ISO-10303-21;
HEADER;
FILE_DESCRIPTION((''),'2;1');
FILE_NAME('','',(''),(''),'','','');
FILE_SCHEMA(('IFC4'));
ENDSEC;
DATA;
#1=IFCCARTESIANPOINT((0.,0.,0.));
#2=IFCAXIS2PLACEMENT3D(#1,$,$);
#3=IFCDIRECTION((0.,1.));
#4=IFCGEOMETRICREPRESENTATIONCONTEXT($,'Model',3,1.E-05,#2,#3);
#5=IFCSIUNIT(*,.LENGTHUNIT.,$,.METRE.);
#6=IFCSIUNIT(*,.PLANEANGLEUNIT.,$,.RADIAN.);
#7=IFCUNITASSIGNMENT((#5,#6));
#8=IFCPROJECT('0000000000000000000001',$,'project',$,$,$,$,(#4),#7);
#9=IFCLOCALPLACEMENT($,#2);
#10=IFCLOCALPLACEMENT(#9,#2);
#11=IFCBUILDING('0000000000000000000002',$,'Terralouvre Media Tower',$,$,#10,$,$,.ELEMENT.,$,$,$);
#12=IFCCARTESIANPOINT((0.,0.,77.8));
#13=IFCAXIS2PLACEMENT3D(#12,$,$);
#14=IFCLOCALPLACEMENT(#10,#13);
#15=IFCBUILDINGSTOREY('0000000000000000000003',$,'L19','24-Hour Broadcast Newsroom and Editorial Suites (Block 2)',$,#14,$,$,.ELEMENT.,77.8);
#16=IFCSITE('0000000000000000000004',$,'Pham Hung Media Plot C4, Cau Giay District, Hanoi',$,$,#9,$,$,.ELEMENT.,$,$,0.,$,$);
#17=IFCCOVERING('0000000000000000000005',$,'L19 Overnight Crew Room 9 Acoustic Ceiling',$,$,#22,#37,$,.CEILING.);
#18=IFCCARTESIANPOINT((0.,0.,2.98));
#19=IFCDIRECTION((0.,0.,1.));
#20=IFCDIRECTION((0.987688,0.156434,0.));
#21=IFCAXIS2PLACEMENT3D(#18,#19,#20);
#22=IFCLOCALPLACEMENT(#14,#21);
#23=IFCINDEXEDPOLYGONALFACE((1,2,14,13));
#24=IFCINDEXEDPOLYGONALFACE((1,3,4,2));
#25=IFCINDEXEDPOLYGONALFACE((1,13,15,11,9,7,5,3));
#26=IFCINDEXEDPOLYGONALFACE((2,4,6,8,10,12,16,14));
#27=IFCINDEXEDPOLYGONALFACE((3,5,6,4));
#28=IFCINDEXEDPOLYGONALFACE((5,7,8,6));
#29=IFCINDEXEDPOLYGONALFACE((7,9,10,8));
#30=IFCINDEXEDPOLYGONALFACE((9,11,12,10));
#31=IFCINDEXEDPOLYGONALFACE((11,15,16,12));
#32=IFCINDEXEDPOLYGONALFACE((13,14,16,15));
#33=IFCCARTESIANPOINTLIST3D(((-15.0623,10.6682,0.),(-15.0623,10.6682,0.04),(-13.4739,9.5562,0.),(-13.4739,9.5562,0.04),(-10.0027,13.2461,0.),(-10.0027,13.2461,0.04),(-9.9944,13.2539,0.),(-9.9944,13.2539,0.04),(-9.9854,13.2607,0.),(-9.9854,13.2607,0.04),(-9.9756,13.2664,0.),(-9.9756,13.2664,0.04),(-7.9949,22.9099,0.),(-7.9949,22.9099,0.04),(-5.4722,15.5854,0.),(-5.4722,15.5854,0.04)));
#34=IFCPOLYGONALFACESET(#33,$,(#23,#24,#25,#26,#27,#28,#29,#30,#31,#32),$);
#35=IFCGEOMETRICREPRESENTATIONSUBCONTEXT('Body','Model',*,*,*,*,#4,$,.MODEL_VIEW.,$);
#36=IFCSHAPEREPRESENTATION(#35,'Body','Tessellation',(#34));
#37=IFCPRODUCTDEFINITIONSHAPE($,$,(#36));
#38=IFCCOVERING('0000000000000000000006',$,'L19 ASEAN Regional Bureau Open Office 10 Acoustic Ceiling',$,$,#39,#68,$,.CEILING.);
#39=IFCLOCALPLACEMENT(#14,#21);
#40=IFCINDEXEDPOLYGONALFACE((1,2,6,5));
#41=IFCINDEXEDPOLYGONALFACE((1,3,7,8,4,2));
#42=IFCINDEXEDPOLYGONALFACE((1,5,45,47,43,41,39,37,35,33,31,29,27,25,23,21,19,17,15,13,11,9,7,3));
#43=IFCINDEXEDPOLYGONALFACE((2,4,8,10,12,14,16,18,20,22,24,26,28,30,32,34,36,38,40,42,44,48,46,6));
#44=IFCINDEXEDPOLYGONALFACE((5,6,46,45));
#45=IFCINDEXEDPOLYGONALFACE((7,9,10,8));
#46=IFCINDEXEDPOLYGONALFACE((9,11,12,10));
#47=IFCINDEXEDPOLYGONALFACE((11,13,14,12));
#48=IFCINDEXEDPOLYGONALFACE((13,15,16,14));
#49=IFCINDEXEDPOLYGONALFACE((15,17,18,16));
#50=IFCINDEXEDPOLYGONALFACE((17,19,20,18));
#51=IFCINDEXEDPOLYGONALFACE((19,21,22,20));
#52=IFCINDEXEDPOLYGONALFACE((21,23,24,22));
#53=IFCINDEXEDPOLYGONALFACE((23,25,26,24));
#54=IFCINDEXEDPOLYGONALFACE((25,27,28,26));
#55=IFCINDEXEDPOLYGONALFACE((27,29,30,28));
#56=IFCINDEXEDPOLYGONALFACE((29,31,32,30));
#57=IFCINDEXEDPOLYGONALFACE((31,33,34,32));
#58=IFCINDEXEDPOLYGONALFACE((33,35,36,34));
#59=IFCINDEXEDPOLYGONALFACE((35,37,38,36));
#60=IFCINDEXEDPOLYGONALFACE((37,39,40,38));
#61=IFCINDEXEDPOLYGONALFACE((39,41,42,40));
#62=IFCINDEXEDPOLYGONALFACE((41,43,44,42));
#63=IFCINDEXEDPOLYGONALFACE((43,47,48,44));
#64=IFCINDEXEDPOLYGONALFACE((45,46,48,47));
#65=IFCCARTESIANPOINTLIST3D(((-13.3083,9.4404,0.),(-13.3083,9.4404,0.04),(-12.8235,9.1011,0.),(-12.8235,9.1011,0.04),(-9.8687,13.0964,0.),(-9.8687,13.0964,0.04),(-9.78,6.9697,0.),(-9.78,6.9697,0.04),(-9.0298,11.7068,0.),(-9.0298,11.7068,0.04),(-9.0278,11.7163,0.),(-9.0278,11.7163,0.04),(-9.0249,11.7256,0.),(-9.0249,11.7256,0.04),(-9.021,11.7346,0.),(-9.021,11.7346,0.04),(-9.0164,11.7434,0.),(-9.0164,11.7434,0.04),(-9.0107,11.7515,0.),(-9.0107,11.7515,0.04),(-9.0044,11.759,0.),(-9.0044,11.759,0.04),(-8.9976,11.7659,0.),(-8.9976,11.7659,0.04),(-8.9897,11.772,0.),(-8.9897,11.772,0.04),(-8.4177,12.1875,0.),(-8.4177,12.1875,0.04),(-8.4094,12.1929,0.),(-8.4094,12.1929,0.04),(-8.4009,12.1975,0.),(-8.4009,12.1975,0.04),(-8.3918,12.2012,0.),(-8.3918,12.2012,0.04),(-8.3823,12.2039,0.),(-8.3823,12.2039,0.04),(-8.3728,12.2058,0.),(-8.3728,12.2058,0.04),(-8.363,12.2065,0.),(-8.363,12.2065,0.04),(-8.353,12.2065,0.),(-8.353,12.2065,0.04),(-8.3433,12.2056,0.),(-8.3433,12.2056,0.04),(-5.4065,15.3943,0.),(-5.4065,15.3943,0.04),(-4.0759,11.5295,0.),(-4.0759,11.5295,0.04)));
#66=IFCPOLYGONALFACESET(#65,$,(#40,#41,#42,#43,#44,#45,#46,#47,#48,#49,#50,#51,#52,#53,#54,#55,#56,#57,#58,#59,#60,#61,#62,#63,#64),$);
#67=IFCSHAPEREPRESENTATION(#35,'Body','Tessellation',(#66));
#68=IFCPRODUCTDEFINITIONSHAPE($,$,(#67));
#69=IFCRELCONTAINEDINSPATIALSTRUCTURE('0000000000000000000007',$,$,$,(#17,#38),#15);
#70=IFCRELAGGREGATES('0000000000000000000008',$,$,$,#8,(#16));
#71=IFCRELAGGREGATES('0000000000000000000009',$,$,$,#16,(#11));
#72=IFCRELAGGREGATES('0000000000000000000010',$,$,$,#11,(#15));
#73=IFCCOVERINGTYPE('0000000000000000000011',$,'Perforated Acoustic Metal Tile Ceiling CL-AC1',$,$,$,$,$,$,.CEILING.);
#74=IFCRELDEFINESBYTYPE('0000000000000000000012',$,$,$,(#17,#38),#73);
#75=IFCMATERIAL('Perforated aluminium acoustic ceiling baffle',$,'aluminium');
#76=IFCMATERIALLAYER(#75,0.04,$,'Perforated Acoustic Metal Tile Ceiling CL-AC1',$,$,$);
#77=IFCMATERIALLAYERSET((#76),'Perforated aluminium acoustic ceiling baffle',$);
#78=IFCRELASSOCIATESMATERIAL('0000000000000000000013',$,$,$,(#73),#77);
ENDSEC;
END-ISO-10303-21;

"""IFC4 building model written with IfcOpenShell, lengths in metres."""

from ifc_helpers import new_model, si_unit, direction, frame, origin, place, context, subcontext, project, spatial, polyline, outline, extrude, material, layer, layer_set, type_object, element, save


model = new_model("IFC4")

# Units and contexts
model_context = context("Model", 3, precision=1e-05, world=origin(), true_north=direction((0.0, 1.0)))
body_context = subcontext(model_context, "Body", "Model", "MODEL_VIEW")
ifc_project = project(units=[si_unit("LENGTHUNIT", "METRE"), si_unit("PLANEANGLEUNIT", "RADIAN")], contexts=[model_context])

# Site, building, storey
site_placement = place(None, origin())
site = spatial("IfcSite", under=ifc_project, at=site_placement, Name="Pham Hung Media Plot C4, Cau Giay District, Hanoi", CompositionType="ELEMENT", RefElevation=0.0)
building_placement = place(site_placement, origin())
building = spatial("IfcBuilding", under=site, at=building_placement, Name="Terralouvre Media Tower", CompositionType="ELEMENT")
storey_placement = place(building_placement, frame((0.0, 0.0, 77.8)))
storey = spatial("IfcBuildingStorey", under=building, at=storey_placement, Name="L19", Description="24-Hour Broadcast Newsroom and Editorial Suites (Block 2)", CompositionType="ELEMENT", Elevation=77.8)

# Coverings
ifc_material_1 = material(Name="Perforated aluminium acoustic ceiling baffle", Category="aluminium")
ifc_layer_1 = layer(ifc_material_1, 0.04, Name="Perforated Acoustic Metal Tile Ceiling CL-AC1")
ifc_layer_set_1 = layer_set([ifc_layer_1], Name="Perforated aluminium acoustic ceiling baffle")
covering_type_1 = type_object("IfcCoveringType", Name="Perforated Acoustic Metal Tile Ceiling CL-AC1", PredefinedType="CEILING", material=ifc_layer_set_1)
covering_1_placement = place(storey_placement, frame((0.0, 0.0, 2.98), z_axis=(0.0, 0.0, 1.0), x_axis=(0.987688, 0.156434, 0.0)))
element("IfcCovering", 1, at=covering_1_placement, inside=storey, type_object=covering_type_1, Name="L19 Overnight Crew Room 9 Acoustic Ceiling", PredefinedType="CEILING", context=body_context, shape_type="SweptSolid", body=[
    extrude(outline(polyline([(-10.0027, 13.2461), (-9.9944, 13.2539), (-9.9854, 13.2607), (-9.9756, 13.2664), (-5.4722, 15.5854), (-7.9949, 22.9099), (-15.0623, 10.6682), (-13.4739, 9.5562), (-10.0027, 13.2461)])), origin(), (0.0, 0.0, 1.0), 0.04),
])
covering_2_placement = place(storey_placement, frame((0.0, 0.0, 2.98), z_axis=(0.0, 0.0, 1.0), x_axis=(0.987688, 0.156434, 0.0)))
element("IfcCovering", 2, at=covering_2_placement, inside=storey, type_object=covering_type_1, Name="L19 ASEAN Regional Bureau Open Office 10 Acoustic Ceiling", PredefinedType="CEILING", context=body_context, shape_type="SweptSolid", body=[
    extrude(outline(polyline([(-9.8687, 13.0964), (-13.3083, 9.4404), (-12.8235, 9.1011), (-9.78, 6.9697), (-9.0298, 11.7068), (-9.0278, 11.7163), (-9.0249, 11.7256), (-9.021, 11.7346), (-9.0164, 11.7434), (-9.0107, 11.7515), (-9.0044, 11.759), (-8.9976, 11.7659), (-8.9897, 11.772), (-8.4177, 12.1875), (-8.4094, 12.1929), (-8.4009, 12.1975), (-8.3918, 12.2012), (-8.3823, 12.2039), (-8.3728, 12.2058), (-8.363, 12.2065), (-8.353, 12.2065), (-8.3433, 12.2056), (-4.0759, 11.5295), (-5.4065, 15.3943), (-9.8687, 13.0964)])), origin(), (0.0, 0.0, 1.0), 0.04),
])

save(model, "model.ifc")
